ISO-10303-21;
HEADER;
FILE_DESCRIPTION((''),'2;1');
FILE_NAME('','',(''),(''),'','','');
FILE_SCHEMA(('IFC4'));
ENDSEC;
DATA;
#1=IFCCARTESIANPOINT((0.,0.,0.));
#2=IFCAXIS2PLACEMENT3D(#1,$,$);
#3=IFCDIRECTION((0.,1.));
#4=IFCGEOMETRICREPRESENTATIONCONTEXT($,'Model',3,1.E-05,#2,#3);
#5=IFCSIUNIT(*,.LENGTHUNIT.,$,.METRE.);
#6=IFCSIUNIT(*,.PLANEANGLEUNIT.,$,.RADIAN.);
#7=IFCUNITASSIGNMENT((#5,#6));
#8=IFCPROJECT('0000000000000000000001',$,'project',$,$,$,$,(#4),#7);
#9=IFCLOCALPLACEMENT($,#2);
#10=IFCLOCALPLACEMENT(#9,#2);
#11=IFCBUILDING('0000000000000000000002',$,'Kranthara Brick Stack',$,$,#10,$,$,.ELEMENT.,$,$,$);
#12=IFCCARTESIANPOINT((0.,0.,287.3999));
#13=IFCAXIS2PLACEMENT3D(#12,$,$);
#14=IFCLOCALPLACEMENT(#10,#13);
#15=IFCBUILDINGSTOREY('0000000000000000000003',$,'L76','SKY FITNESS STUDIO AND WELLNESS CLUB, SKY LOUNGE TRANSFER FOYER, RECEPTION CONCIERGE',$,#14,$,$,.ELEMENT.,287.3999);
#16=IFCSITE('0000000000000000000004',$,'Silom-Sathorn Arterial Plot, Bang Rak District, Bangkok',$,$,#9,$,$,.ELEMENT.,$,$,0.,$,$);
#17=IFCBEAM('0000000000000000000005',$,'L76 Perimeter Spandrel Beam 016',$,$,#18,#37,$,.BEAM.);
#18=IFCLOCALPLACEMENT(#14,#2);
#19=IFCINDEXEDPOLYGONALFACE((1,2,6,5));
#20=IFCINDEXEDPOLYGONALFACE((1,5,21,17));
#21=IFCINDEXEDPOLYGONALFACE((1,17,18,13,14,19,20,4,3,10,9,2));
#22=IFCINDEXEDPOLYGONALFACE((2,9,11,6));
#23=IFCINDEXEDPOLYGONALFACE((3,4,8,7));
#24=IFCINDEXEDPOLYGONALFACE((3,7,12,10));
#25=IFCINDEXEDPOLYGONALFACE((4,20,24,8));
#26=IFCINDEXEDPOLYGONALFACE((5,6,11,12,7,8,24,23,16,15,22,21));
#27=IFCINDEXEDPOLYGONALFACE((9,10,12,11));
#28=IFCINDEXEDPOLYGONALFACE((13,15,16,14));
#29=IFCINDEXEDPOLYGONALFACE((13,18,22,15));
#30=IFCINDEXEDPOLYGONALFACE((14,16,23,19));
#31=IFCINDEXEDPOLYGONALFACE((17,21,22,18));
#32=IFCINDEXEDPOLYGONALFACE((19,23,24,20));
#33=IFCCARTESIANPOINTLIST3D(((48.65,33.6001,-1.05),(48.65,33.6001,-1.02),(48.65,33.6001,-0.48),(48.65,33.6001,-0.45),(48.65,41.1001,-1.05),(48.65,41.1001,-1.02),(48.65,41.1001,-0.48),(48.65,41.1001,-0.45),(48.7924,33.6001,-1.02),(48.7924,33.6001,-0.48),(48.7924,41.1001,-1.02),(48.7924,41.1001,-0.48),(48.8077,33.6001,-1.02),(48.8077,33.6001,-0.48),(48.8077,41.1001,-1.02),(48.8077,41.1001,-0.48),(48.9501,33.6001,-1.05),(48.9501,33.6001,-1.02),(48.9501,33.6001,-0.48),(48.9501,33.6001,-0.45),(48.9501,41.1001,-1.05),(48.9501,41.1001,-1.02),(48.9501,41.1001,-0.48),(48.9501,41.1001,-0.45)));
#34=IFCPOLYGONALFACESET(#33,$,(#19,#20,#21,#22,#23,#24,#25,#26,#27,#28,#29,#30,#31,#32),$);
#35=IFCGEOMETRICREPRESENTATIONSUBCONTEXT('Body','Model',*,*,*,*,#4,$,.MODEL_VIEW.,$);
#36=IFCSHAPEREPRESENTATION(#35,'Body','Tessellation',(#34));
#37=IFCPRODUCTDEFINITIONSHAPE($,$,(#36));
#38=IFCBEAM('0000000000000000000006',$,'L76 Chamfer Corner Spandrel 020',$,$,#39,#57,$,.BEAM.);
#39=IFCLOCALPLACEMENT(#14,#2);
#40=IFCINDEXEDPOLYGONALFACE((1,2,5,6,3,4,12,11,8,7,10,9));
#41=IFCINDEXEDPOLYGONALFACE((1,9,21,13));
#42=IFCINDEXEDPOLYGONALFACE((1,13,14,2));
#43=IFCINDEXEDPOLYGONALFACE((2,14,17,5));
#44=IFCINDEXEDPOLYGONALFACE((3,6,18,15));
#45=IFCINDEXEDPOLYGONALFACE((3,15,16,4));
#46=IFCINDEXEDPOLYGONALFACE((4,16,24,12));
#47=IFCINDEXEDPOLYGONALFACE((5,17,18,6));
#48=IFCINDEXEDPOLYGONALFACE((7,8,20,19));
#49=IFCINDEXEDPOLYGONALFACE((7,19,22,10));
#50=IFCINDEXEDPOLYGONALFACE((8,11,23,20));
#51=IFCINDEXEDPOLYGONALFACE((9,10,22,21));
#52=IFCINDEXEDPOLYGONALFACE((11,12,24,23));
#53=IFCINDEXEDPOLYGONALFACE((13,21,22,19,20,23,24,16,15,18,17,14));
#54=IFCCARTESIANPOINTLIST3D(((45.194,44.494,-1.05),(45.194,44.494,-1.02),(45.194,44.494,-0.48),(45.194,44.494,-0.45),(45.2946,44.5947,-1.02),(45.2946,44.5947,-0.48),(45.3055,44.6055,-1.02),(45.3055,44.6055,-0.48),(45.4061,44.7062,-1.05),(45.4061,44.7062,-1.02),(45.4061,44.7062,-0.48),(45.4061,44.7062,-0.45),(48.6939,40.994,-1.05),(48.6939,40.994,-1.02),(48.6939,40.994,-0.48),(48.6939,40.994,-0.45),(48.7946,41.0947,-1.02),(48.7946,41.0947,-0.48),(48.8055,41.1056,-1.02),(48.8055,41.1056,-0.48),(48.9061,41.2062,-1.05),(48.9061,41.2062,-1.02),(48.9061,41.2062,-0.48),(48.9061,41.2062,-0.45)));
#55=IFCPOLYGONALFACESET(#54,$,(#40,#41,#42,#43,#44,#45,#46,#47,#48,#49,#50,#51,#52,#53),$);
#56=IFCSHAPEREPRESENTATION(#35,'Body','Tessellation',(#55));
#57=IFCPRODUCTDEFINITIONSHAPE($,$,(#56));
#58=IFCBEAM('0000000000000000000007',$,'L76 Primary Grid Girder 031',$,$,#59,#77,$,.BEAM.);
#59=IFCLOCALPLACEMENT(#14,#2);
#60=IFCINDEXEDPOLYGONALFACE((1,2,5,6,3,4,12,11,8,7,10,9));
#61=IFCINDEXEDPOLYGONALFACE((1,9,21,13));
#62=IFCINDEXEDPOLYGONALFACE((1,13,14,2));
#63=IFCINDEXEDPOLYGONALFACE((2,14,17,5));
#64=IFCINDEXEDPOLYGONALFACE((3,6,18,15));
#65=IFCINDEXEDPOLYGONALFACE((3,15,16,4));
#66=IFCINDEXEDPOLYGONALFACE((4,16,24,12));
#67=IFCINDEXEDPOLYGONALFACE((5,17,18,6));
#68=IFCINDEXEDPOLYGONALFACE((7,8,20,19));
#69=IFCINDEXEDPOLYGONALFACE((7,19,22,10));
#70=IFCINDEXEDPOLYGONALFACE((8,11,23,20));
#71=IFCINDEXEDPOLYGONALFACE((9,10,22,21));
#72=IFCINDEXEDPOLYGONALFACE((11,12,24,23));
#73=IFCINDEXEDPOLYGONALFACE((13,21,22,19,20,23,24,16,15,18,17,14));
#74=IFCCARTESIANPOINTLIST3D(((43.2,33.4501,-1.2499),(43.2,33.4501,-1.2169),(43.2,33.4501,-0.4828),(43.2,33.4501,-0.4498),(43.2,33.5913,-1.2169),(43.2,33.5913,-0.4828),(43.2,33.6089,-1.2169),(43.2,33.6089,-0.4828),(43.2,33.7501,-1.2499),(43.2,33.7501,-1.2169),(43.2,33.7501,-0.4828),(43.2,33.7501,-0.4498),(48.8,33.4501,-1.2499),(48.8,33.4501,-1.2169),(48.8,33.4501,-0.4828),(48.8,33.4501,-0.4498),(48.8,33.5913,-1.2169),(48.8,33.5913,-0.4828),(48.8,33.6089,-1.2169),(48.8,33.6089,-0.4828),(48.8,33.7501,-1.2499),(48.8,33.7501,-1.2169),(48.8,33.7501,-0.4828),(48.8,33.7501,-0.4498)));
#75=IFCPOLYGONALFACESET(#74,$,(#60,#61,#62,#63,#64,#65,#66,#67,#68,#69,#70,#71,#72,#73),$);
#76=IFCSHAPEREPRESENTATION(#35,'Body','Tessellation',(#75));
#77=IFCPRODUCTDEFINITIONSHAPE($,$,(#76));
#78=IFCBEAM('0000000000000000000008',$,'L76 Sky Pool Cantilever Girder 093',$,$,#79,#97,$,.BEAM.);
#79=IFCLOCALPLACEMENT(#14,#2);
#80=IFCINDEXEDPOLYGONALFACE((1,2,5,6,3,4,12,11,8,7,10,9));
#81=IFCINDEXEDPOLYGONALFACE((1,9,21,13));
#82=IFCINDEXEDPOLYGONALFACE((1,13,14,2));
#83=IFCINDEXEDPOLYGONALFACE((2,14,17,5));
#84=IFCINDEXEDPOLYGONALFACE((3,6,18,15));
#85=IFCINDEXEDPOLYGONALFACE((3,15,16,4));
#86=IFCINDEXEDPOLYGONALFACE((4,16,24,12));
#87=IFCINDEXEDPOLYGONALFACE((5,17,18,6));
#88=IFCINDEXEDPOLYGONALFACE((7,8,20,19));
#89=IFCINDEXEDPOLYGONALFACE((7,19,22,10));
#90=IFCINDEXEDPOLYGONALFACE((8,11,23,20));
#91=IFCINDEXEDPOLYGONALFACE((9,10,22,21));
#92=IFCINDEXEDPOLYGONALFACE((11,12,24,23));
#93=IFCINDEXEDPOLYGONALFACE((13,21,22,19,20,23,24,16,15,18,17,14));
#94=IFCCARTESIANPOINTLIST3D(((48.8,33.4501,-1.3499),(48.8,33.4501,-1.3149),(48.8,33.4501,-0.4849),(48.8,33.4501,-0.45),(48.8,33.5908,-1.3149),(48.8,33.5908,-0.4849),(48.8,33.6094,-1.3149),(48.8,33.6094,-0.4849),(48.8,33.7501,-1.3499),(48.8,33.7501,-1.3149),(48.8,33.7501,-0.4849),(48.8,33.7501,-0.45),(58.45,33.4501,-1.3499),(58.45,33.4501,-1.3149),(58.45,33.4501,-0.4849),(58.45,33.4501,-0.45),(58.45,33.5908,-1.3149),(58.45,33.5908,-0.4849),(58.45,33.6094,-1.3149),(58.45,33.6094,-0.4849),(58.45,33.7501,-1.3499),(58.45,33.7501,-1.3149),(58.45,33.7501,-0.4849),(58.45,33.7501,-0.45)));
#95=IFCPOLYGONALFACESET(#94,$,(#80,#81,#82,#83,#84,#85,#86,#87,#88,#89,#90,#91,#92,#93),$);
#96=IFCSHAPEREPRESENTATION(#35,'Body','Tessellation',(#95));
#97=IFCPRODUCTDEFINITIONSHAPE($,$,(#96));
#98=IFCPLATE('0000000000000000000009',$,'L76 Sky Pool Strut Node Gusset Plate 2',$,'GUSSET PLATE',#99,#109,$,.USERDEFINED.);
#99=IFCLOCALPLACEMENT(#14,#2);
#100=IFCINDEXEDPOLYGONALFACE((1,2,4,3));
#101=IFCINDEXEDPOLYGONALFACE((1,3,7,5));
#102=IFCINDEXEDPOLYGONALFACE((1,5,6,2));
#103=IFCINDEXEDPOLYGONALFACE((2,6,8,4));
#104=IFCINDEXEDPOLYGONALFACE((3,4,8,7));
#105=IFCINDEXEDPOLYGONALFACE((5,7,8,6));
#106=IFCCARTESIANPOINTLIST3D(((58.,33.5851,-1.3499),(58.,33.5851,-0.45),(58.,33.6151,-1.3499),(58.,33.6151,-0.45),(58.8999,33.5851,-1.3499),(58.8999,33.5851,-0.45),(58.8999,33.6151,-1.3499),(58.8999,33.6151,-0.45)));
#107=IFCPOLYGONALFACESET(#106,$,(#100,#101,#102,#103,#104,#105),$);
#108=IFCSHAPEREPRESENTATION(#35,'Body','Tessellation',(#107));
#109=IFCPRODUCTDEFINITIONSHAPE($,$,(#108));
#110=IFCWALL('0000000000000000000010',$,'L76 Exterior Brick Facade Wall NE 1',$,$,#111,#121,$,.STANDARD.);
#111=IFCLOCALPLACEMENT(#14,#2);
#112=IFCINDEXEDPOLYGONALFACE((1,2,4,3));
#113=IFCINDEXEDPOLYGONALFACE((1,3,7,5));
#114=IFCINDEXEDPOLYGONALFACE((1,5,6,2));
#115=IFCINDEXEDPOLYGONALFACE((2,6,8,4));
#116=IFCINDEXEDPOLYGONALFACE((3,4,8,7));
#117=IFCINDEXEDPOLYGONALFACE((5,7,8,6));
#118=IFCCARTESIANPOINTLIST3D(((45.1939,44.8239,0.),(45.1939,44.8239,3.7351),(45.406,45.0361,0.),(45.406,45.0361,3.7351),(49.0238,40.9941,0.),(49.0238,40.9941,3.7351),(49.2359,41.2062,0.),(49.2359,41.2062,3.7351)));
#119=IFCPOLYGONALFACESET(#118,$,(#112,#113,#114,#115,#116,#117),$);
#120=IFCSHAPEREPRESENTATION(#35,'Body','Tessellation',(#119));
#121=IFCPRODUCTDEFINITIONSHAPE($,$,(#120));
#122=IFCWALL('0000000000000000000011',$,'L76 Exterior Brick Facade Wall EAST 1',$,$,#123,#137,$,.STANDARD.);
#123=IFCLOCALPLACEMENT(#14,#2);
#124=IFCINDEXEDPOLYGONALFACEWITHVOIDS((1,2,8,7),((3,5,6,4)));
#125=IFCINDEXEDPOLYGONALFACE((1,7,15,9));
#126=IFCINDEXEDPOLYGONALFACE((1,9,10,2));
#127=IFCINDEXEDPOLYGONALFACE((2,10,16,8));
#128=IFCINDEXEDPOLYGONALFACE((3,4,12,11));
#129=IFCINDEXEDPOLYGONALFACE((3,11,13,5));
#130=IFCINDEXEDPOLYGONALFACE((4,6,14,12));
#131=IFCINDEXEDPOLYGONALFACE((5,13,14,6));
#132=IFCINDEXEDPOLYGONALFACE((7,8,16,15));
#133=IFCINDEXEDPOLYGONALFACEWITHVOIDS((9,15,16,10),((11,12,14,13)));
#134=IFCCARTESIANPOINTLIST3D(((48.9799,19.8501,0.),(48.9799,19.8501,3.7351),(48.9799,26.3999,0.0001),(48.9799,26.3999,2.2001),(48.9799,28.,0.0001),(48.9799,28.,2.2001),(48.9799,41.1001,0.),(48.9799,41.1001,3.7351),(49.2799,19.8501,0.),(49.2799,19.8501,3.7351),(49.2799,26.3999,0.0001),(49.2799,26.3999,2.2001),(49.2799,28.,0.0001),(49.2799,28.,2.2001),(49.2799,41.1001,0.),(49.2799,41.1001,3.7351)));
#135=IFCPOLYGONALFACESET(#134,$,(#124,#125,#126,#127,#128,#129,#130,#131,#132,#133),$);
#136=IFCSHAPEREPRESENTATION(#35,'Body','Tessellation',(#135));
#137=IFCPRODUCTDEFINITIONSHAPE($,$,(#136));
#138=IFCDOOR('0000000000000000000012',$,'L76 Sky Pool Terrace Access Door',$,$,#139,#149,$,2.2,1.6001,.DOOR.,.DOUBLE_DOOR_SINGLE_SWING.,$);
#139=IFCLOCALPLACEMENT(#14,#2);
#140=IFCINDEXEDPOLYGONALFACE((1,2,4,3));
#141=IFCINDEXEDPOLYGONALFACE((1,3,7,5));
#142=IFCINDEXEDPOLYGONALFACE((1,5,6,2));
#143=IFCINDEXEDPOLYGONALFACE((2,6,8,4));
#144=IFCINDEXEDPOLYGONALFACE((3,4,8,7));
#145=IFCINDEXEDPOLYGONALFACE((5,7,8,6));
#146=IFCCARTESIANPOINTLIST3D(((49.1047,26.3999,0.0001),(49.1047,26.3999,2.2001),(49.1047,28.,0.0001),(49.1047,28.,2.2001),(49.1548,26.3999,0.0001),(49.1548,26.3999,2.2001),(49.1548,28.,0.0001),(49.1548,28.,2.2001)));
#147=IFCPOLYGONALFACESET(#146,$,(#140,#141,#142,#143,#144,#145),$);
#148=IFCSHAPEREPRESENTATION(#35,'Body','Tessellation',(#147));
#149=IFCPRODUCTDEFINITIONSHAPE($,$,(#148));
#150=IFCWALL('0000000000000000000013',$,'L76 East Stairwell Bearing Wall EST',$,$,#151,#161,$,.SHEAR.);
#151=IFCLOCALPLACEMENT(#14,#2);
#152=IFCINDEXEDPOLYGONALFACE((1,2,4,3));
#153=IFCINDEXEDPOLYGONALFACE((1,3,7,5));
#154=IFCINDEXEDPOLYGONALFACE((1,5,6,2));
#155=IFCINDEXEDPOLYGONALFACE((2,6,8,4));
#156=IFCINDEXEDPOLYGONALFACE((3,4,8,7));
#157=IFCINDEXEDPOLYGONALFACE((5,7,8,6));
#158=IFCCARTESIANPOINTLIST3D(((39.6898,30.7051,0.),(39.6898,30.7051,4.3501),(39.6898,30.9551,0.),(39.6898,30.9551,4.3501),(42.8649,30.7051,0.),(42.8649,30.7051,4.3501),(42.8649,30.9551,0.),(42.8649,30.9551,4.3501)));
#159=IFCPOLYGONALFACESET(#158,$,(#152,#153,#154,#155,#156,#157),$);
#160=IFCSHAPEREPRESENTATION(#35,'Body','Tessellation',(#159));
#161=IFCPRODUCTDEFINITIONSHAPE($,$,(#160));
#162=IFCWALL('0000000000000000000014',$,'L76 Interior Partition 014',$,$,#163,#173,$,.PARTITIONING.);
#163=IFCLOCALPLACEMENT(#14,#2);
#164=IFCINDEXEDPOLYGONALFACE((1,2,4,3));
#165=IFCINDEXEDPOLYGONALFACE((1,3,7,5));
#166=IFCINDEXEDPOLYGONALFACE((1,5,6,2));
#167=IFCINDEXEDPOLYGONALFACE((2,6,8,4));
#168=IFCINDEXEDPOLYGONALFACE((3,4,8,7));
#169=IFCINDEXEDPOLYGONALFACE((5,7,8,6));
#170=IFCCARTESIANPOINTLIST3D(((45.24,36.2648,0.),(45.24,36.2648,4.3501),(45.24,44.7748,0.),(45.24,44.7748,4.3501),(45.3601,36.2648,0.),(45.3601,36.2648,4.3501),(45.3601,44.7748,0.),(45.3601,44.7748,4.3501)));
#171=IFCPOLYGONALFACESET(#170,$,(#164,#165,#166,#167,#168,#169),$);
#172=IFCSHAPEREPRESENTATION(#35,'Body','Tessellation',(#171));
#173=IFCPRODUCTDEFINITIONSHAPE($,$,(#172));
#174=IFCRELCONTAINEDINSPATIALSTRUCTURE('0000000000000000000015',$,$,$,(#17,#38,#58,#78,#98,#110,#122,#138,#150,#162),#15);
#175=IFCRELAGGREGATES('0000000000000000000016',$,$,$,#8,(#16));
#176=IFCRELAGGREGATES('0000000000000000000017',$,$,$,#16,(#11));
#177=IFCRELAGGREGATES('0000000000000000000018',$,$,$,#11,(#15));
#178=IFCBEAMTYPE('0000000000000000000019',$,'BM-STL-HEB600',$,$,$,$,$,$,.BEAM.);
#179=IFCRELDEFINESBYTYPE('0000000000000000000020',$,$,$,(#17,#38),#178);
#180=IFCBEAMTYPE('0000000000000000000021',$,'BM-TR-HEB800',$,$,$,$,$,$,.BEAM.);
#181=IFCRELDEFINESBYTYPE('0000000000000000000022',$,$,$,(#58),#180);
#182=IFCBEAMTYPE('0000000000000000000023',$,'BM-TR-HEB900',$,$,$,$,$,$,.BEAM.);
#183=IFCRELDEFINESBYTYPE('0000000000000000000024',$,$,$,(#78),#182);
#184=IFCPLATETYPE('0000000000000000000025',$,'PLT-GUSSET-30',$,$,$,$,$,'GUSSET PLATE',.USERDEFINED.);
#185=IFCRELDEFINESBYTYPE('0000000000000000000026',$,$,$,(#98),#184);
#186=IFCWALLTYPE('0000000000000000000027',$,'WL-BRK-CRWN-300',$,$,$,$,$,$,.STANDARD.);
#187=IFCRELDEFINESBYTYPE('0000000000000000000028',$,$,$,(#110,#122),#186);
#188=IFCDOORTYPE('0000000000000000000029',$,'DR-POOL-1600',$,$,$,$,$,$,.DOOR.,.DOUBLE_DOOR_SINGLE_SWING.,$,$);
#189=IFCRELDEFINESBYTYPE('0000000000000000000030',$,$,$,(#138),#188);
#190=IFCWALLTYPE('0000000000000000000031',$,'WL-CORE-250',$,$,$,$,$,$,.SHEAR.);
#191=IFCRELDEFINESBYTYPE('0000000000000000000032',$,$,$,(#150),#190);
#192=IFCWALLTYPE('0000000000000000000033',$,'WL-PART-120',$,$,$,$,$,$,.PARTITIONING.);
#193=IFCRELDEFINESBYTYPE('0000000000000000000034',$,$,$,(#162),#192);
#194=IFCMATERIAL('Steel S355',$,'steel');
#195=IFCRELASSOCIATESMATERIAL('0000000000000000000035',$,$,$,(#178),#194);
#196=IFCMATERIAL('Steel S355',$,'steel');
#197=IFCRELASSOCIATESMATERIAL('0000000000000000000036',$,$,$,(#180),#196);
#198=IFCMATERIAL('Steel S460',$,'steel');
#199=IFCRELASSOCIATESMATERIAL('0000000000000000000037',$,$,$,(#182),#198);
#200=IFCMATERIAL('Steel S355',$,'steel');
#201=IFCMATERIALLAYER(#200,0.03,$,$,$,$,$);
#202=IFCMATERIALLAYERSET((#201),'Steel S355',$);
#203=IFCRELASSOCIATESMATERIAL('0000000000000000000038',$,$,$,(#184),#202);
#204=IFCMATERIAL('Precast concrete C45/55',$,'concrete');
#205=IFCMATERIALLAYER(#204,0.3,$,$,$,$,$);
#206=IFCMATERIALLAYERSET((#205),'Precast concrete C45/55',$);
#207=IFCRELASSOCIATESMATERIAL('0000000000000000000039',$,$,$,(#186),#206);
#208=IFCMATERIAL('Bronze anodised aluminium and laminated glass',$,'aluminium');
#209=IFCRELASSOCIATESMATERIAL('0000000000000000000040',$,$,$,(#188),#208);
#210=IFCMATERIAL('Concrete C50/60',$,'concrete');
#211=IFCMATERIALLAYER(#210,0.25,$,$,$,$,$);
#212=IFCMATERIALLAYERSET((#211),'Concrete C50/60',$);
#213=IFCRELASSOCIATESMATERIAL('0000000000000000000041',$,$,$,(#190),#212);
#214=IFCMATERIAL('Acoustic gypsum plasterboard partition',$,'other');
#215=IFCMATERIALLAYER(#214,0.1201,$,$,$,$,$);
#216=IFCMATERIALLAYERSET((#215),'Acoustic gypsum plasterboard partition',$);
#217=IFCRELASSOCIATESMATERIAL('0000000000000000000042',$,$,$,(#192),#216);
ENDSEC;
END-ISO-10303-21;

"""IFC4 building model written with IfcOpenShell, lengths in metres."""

from ifc_helpers import new_model, si_unit, direction, frame, frame_2d, origin, origin_2d, place, context, subcontext, project, spatial, rectangle, i_section, extrude, material, layer, layer_set, material_profile, profile_set, type_object, element, fill, save


model = new_model("IFC4")

# Units and contexts
model_context = context("Model", 3, precision=1e-05, world=origin(), true_north=direction((0.0, 1.0)))
body_context = subcontext(model_context, "Body", "Model", "MODEL_VIEW")
ifc_project = project(units=[si_unit("LENGTHUNIT", "METRE"), si_unit("PLANEANGLEUNIT", "RADIAN")], contexts=[model_context])

# Site, building, storey
site_placement = place(None, origin())
site = spatial("IfcSite", under=ifc_project, at=site_placement, Name="Silom-Sathorn Arterial Plot, Bang Rak District, Bangkok", CompositionType="ELEMENT", RefElevation=0.0)
building_placement = place(site_placement, origin())
building = spatial("IfcBuilding", under=site, at=building_placement, Name="Kranthara Brick Stack", CompositionType="ELEMENT")
storey_placement = place(building_placement, frame((0.0, 0.0, 287.3999)))
storey = spatial("IfcBuildingStorey", under=building, at=storey_placement, Name="L76", Description="SKY FITNESS STUDIO AND WELLNESS CLUB, SKY LOUNGE TRANSFER FOYER, RECEPTION CONCIERGE", CompositionType="ELEMENT", Elevation=287.3999)

# Beams
ifc_material_1 = material(Name="Steel S355", Category="steel")
ifc_material_profile_1 = material_profile(ifc_material_1, i_section(OverallWidth=0.3, OverallDepth=0.6001, WebThickness=0.0154, FlangeThickness=0.03, at=origin_2d()), Name="HEB 600")
ifc_profile_set_1 = profile_set([ifc_material_profile_1], Name="Steel S355")
beam_type_1 = type_object("IfcBeamType", Name="BM-STL-HEB600", PredefinedType="BEAM", material=ifc_profile_set_1)
beam_1_placement = place(storey_placement, frame((48.8, 33.6001, -0.75), z_axis=(0.0, 1.0, 0.0), x_axis=(-1.0, 0.0, 0.0)))
element("IfcBeam", 1, at=beam_1_placement, inside=storey, type_object=beam_type_1, Name="L76 Perimeter Spandrel Beam 016", PredefinedType="BEAM", context=body_context, shape_type="SweptSolid", body=[
    extrude(i_section(OverallWidth=0.3, OverallDepth=0.6001, WebThickness=0.0154, FlangeThickness=0.03, at=origin_2d()), origin(), (0.0, 0.0, 1.0), 7.5),
])
beam_2_placement = place(storey_placement, frame((45.3, 44.6001, -0.75), z_axis=(0.707107, -0.707107, 0.0), x_axis=(0.707107, 0.707107, 0.0)))
element("IfcBeam", 2, at=beam_2_placement, inside=storey, type_object=beam_type_1, Name="L76 Chamfer Corner Spandrel 020", PredefinedType="BEAM", context=body_context, shape_type="SweptSolid", body=[
    extrude(i_section(OverallWidth=0.3, OverallDepth=0.6001, WebThickness=0.0154, FlangeThickness=0.03, at=origin_2d()), origin(), (0.0, 0.0, 1.0), 4.9497),
])
ifc_material_2 = material(Name="Steel S355", Category="steel")
ifc_material_profile_2 = material_profile(ifc_material_2, i_section(OverallWidth=0.3, OverallDepth=0.8, WebThickness=0.0176, FlangeThickness=0.033, at=origin_2d()), Name="HEB 800")
ifc_profile_set_2 = profile_set([ifc_material_profile_2], Name="Steel S355")
beam_type_2 = type_object("IfcBeamType", Name="BM-TR-HEB800", PredefinedType="BEAM", material=ifc_profile_set_2)
beam_3_placement = place(storey_placement, frame((43.2, 33.6001, -0.8499), z_axis=(1.0, 0.0, 0.0), x_axis=(0.0, 1.0, 0.0)))
element("IfcBeam", 3, at=beam_3_placement, inside=storey, type_object=beam_type_2, Name="L76 Primary Grid Girder 031", PredefinedType="BEAM", context=body_context, shape_type="SweptSolid", body=[
    extrude(i_section(OverallWidth=0.3, OverallDepth=0.8, WebThickness=0.0176, FlangeThickness=0.033, at=origin_2d()), origin(), (0.0, 0.0, 1.0), 5.6001),
])
ifc_material_3 = material(Name="Steel S460", Category="steel")
ifc_material_profile_3 = material_profile(ifc_material_3, i_section(OverallWidth=0.3, OverallDepth=0.8999, WebThickness=0.0186, FlangeThickness=0.0349, at=origin_2d()), Name="HEB 900")
ifc_profile_set_3 = profile_set([ifc_material_profile_3], Name="Steel S460")
beam_type_3 = type_object("IfcBeamType", Name="BM-TR-HEB900", PredefinedType="BEAM", material=ifc_profile_set_3)
beam_4_placement = place(storey_placement, frame((48.8, 33.6001, -0.8999), z_axis=(1.0, 0.0, 0.0), x_axis=(0.0, 1.0, 0.0)))
element("IfcBeam", 4, at=beam_4_placement, inside=storey, type_object=beam_type_3, Name="L76 Sky Pool Cantilever Girder 093", PredefinedType="BEAM", context=body_context, shape_type="SweptSolid", body=[
    extrude(i_section(OverallWidth=0.3, OverallDepth=0.8999, WebThickness=0.0186, FlangeThickness=0.0349, at=origin_2d()), origin(), (0.0, 0.0, 1.0), 9.6499),
])

# Plate
ifc_material_4 = material(Name="Steel S355", Category="steel")
ifc_layer_1 = layer(ifc_material_4, 0.03)
ifc_layer_set_1 = layer_set([ifc_layer_1], Name="Steel S355")
plate_type = type_object("IfcPlateType", Name="PLT-GUSSET-30", ElementType="GUSSET PLATE", PredefinedType="USERDEFINED", material=ifc_layer_set_1)
plate_placement = place(storey_placement, frame((58.45, 33.6001, -1.3499), z_axis=(0.0, 0.0, 1.0), x_axis=(1.0, 0.0, 0.0)))
element("IfcPlate", 5, at=plate_placement, inside=storey, type_object=plate_type, Name="L76 Sky Pool Strut Node Gusset Plate 2", ObjectType="GUSSET PLATE", PredefinedType="USERDEFINED", context=body_context, shape_type="SweptSolid", body=[
    extrude(rectangle(XDim=0.8999, YDim=0.03, at=origin_2d()), origin(), (0.0, 0.0, 1.0), 0.8999),
])

# Wall
ifc_material_5 = material(Name="Precast concrete C45/55", Category="concrete")
ifc_layer_2 = layer(ifc_material_5, 0.3)
ifc_layer_set_2 = layer_set([ifc_layer_2], Name="Precast concrete C45/55")
wall_type_1 = type_object("IfcWallType", Name="WL-BRK-CRWN-300", PredefinedType="STANDARD", material=ifc_layer_set_2)
wall_1_placement = place(storey_placement, frame((45.3, 44.9299, 0.0), z_axis=(0.0, 0.0, 1.0), x_axis=(0.707107, -0.707107, 0.0)))
element("IfcWall", 6, at=wall_1_placement, inside=storey, type_object=wall_type_1, Name="L76 Exterior Brick Facade Wall NE 1", PredefinedType="STANDARD", context=body_context, shape_type="SweptSolid", body=[
    extrude(rectangle(XDim=5.4163, YDim=0.3, at=frame_2d((2.708, 0.0))), origin(), (0.0, 0.0, 1.0), 3.7351),
])

# Wall, opening, door
wall_2_placement = place(storey_placement, frame((49.1299, 41.1001, 0.0), z_axis=(0.0, 0.0, 1.0), x_axis=(0.0, -1.0, 0.0)))
wall_2 = element("IfcWall", 7, at=wall_2_placement, inside=storey, type_object=wall_type_1, Name="L76 Exterior Brick Facade Wall EAST 1", PredefinedType="STANDARD", context=body_context, shape_type="SweptSolid", body=[
    extrude(rectangle(XDim=21.25, YDim=0.3, at=frame_2d((10.625, 0.0))), origin(), (0.0, 0.0, 1.0), 3.7351),
])
opening_placement = place(wall_2_placement, frame((13.1001, 0.0, 0.0)))
opening = element("IfcOpeningElement", 8, at=opening_placement, cuts=wall_2, PredefinedType="OPENING", context=body_context, shape_type="SweptSolid", body=[
    extrude(rectangle(XDim=1.6001, YDim=2.2, at=frame_2d((0.8, 1.1001))), frame((0.0, 0.1599, 0.0), z_axis=(0.0, -1.0, 0.0), x_axis=(1.0, 0.0, 0.0)), (0.0, 0.0, 1.0), 0.3201),
])
ifc_material_6 = material(Name="Bronze anodised aluminium and laminated glass", Category="aluminium")
door_type = type_object("IfcDoorType", Name="DR-POOL-1600", OperationType="DOUBLE_DOOR_SINGLE_SWING", PredefinedType="DOOR", material=ifc_material_6)
door_placement = place(opening_placement, origin())
door = element("IfcDoor", 9, at=door_placement, inside=storey, type_object=door_type, Name="L76 Sky Pool Terrace Access Door", OperationType="DOUBLE_DOOR_SINGLE_SWING", OverallHeight=2.2, OverallWidth=1.6001, PredefinedType="DOOR", context=body_context, shape_type="SweptSolid", body=[
    extrude(rectangle(XDim=1.6001, YDim=2.2, at=frame_2d((0.8, 1.1001))), frame((0.0, 0.0249, 0.0), z_axis=(0.0, -1.0, 0.0), x_axis=(1.0, 0.0, 0.0)), (0.0, 0.0, 1.0), 0.05),
])
fill(opening, door)

# Walls
ifc_material_7 = material(Name="Concrete C50/60", Category="concrete")
ifc_layer_3 = layer(ifc_material_7, 0.25)
ifc_layer_set_3 = layer_set([ifc_layer_3], Name="Concrete C50/60")
wall_type_2 = type_object("IfcWallType", Name="WL-CORE-250", PredefinedType="SHEAR", material=ifc_layer_set_3)
wall_3_placement = place(storey_placement, frame((39.6899, 30.8301, 0.0), z_axis=(0.0, 0.0, 1.0), x_axis=(1.0, 0.0, 0.0)))
element("IfcWall", 10, at=wall_3_placement, inside=storey, type_object=wall_type_2, Name="L76 East Stairwell Bearing Wall EST", PredefinedType="SHEAR", context=body_context, shape_type="SweptSolid", body=[
    extrude(rectangle(XDim=3.175, YDim=0.25, at=frame_2d((1.5874, 0.0))), origin(), (0.0, 0.0, 1.0), 4.3501),
])
ifc_material_8 = material(Name="Acoustic gypsum plasterboard partition", Category="other")
ifc_layer_4 = layer(ifc_material_8, 0.1201)
ifc_layer_set_4 = layer_set([ifc_layer_4], Name="Acoustic gypsum plasterboard partition")
wall_type_3 = type_object("IfcWallType", Name="WL-PART-120", PredefinedType="PARTITIONING", material=ifc_layer_set_4)
wall_4_placement = place(storey_placement, frame((45.3, 36.2649, 0.0), z_axis=(0.0, 0.0, 1.0), x_axis=(0.0, 1.0, 0.0)))
element("IfcWall", 11, at=wall_4_placement, inside=storey, type_object=wall_type_3, Name="L76 Interior Partition 014", PredefinedType="PARTITIONING", context=body_context, shape_type="SweptSolid", body=[
    extrude(rectangle(XDim=8.51, YDim=0.1201, at=frame_2d((4.2549, 0.0))), origin(), (0.0, 0.0, 1.0), 4.3501),
])

save(model, "model.ifc")
